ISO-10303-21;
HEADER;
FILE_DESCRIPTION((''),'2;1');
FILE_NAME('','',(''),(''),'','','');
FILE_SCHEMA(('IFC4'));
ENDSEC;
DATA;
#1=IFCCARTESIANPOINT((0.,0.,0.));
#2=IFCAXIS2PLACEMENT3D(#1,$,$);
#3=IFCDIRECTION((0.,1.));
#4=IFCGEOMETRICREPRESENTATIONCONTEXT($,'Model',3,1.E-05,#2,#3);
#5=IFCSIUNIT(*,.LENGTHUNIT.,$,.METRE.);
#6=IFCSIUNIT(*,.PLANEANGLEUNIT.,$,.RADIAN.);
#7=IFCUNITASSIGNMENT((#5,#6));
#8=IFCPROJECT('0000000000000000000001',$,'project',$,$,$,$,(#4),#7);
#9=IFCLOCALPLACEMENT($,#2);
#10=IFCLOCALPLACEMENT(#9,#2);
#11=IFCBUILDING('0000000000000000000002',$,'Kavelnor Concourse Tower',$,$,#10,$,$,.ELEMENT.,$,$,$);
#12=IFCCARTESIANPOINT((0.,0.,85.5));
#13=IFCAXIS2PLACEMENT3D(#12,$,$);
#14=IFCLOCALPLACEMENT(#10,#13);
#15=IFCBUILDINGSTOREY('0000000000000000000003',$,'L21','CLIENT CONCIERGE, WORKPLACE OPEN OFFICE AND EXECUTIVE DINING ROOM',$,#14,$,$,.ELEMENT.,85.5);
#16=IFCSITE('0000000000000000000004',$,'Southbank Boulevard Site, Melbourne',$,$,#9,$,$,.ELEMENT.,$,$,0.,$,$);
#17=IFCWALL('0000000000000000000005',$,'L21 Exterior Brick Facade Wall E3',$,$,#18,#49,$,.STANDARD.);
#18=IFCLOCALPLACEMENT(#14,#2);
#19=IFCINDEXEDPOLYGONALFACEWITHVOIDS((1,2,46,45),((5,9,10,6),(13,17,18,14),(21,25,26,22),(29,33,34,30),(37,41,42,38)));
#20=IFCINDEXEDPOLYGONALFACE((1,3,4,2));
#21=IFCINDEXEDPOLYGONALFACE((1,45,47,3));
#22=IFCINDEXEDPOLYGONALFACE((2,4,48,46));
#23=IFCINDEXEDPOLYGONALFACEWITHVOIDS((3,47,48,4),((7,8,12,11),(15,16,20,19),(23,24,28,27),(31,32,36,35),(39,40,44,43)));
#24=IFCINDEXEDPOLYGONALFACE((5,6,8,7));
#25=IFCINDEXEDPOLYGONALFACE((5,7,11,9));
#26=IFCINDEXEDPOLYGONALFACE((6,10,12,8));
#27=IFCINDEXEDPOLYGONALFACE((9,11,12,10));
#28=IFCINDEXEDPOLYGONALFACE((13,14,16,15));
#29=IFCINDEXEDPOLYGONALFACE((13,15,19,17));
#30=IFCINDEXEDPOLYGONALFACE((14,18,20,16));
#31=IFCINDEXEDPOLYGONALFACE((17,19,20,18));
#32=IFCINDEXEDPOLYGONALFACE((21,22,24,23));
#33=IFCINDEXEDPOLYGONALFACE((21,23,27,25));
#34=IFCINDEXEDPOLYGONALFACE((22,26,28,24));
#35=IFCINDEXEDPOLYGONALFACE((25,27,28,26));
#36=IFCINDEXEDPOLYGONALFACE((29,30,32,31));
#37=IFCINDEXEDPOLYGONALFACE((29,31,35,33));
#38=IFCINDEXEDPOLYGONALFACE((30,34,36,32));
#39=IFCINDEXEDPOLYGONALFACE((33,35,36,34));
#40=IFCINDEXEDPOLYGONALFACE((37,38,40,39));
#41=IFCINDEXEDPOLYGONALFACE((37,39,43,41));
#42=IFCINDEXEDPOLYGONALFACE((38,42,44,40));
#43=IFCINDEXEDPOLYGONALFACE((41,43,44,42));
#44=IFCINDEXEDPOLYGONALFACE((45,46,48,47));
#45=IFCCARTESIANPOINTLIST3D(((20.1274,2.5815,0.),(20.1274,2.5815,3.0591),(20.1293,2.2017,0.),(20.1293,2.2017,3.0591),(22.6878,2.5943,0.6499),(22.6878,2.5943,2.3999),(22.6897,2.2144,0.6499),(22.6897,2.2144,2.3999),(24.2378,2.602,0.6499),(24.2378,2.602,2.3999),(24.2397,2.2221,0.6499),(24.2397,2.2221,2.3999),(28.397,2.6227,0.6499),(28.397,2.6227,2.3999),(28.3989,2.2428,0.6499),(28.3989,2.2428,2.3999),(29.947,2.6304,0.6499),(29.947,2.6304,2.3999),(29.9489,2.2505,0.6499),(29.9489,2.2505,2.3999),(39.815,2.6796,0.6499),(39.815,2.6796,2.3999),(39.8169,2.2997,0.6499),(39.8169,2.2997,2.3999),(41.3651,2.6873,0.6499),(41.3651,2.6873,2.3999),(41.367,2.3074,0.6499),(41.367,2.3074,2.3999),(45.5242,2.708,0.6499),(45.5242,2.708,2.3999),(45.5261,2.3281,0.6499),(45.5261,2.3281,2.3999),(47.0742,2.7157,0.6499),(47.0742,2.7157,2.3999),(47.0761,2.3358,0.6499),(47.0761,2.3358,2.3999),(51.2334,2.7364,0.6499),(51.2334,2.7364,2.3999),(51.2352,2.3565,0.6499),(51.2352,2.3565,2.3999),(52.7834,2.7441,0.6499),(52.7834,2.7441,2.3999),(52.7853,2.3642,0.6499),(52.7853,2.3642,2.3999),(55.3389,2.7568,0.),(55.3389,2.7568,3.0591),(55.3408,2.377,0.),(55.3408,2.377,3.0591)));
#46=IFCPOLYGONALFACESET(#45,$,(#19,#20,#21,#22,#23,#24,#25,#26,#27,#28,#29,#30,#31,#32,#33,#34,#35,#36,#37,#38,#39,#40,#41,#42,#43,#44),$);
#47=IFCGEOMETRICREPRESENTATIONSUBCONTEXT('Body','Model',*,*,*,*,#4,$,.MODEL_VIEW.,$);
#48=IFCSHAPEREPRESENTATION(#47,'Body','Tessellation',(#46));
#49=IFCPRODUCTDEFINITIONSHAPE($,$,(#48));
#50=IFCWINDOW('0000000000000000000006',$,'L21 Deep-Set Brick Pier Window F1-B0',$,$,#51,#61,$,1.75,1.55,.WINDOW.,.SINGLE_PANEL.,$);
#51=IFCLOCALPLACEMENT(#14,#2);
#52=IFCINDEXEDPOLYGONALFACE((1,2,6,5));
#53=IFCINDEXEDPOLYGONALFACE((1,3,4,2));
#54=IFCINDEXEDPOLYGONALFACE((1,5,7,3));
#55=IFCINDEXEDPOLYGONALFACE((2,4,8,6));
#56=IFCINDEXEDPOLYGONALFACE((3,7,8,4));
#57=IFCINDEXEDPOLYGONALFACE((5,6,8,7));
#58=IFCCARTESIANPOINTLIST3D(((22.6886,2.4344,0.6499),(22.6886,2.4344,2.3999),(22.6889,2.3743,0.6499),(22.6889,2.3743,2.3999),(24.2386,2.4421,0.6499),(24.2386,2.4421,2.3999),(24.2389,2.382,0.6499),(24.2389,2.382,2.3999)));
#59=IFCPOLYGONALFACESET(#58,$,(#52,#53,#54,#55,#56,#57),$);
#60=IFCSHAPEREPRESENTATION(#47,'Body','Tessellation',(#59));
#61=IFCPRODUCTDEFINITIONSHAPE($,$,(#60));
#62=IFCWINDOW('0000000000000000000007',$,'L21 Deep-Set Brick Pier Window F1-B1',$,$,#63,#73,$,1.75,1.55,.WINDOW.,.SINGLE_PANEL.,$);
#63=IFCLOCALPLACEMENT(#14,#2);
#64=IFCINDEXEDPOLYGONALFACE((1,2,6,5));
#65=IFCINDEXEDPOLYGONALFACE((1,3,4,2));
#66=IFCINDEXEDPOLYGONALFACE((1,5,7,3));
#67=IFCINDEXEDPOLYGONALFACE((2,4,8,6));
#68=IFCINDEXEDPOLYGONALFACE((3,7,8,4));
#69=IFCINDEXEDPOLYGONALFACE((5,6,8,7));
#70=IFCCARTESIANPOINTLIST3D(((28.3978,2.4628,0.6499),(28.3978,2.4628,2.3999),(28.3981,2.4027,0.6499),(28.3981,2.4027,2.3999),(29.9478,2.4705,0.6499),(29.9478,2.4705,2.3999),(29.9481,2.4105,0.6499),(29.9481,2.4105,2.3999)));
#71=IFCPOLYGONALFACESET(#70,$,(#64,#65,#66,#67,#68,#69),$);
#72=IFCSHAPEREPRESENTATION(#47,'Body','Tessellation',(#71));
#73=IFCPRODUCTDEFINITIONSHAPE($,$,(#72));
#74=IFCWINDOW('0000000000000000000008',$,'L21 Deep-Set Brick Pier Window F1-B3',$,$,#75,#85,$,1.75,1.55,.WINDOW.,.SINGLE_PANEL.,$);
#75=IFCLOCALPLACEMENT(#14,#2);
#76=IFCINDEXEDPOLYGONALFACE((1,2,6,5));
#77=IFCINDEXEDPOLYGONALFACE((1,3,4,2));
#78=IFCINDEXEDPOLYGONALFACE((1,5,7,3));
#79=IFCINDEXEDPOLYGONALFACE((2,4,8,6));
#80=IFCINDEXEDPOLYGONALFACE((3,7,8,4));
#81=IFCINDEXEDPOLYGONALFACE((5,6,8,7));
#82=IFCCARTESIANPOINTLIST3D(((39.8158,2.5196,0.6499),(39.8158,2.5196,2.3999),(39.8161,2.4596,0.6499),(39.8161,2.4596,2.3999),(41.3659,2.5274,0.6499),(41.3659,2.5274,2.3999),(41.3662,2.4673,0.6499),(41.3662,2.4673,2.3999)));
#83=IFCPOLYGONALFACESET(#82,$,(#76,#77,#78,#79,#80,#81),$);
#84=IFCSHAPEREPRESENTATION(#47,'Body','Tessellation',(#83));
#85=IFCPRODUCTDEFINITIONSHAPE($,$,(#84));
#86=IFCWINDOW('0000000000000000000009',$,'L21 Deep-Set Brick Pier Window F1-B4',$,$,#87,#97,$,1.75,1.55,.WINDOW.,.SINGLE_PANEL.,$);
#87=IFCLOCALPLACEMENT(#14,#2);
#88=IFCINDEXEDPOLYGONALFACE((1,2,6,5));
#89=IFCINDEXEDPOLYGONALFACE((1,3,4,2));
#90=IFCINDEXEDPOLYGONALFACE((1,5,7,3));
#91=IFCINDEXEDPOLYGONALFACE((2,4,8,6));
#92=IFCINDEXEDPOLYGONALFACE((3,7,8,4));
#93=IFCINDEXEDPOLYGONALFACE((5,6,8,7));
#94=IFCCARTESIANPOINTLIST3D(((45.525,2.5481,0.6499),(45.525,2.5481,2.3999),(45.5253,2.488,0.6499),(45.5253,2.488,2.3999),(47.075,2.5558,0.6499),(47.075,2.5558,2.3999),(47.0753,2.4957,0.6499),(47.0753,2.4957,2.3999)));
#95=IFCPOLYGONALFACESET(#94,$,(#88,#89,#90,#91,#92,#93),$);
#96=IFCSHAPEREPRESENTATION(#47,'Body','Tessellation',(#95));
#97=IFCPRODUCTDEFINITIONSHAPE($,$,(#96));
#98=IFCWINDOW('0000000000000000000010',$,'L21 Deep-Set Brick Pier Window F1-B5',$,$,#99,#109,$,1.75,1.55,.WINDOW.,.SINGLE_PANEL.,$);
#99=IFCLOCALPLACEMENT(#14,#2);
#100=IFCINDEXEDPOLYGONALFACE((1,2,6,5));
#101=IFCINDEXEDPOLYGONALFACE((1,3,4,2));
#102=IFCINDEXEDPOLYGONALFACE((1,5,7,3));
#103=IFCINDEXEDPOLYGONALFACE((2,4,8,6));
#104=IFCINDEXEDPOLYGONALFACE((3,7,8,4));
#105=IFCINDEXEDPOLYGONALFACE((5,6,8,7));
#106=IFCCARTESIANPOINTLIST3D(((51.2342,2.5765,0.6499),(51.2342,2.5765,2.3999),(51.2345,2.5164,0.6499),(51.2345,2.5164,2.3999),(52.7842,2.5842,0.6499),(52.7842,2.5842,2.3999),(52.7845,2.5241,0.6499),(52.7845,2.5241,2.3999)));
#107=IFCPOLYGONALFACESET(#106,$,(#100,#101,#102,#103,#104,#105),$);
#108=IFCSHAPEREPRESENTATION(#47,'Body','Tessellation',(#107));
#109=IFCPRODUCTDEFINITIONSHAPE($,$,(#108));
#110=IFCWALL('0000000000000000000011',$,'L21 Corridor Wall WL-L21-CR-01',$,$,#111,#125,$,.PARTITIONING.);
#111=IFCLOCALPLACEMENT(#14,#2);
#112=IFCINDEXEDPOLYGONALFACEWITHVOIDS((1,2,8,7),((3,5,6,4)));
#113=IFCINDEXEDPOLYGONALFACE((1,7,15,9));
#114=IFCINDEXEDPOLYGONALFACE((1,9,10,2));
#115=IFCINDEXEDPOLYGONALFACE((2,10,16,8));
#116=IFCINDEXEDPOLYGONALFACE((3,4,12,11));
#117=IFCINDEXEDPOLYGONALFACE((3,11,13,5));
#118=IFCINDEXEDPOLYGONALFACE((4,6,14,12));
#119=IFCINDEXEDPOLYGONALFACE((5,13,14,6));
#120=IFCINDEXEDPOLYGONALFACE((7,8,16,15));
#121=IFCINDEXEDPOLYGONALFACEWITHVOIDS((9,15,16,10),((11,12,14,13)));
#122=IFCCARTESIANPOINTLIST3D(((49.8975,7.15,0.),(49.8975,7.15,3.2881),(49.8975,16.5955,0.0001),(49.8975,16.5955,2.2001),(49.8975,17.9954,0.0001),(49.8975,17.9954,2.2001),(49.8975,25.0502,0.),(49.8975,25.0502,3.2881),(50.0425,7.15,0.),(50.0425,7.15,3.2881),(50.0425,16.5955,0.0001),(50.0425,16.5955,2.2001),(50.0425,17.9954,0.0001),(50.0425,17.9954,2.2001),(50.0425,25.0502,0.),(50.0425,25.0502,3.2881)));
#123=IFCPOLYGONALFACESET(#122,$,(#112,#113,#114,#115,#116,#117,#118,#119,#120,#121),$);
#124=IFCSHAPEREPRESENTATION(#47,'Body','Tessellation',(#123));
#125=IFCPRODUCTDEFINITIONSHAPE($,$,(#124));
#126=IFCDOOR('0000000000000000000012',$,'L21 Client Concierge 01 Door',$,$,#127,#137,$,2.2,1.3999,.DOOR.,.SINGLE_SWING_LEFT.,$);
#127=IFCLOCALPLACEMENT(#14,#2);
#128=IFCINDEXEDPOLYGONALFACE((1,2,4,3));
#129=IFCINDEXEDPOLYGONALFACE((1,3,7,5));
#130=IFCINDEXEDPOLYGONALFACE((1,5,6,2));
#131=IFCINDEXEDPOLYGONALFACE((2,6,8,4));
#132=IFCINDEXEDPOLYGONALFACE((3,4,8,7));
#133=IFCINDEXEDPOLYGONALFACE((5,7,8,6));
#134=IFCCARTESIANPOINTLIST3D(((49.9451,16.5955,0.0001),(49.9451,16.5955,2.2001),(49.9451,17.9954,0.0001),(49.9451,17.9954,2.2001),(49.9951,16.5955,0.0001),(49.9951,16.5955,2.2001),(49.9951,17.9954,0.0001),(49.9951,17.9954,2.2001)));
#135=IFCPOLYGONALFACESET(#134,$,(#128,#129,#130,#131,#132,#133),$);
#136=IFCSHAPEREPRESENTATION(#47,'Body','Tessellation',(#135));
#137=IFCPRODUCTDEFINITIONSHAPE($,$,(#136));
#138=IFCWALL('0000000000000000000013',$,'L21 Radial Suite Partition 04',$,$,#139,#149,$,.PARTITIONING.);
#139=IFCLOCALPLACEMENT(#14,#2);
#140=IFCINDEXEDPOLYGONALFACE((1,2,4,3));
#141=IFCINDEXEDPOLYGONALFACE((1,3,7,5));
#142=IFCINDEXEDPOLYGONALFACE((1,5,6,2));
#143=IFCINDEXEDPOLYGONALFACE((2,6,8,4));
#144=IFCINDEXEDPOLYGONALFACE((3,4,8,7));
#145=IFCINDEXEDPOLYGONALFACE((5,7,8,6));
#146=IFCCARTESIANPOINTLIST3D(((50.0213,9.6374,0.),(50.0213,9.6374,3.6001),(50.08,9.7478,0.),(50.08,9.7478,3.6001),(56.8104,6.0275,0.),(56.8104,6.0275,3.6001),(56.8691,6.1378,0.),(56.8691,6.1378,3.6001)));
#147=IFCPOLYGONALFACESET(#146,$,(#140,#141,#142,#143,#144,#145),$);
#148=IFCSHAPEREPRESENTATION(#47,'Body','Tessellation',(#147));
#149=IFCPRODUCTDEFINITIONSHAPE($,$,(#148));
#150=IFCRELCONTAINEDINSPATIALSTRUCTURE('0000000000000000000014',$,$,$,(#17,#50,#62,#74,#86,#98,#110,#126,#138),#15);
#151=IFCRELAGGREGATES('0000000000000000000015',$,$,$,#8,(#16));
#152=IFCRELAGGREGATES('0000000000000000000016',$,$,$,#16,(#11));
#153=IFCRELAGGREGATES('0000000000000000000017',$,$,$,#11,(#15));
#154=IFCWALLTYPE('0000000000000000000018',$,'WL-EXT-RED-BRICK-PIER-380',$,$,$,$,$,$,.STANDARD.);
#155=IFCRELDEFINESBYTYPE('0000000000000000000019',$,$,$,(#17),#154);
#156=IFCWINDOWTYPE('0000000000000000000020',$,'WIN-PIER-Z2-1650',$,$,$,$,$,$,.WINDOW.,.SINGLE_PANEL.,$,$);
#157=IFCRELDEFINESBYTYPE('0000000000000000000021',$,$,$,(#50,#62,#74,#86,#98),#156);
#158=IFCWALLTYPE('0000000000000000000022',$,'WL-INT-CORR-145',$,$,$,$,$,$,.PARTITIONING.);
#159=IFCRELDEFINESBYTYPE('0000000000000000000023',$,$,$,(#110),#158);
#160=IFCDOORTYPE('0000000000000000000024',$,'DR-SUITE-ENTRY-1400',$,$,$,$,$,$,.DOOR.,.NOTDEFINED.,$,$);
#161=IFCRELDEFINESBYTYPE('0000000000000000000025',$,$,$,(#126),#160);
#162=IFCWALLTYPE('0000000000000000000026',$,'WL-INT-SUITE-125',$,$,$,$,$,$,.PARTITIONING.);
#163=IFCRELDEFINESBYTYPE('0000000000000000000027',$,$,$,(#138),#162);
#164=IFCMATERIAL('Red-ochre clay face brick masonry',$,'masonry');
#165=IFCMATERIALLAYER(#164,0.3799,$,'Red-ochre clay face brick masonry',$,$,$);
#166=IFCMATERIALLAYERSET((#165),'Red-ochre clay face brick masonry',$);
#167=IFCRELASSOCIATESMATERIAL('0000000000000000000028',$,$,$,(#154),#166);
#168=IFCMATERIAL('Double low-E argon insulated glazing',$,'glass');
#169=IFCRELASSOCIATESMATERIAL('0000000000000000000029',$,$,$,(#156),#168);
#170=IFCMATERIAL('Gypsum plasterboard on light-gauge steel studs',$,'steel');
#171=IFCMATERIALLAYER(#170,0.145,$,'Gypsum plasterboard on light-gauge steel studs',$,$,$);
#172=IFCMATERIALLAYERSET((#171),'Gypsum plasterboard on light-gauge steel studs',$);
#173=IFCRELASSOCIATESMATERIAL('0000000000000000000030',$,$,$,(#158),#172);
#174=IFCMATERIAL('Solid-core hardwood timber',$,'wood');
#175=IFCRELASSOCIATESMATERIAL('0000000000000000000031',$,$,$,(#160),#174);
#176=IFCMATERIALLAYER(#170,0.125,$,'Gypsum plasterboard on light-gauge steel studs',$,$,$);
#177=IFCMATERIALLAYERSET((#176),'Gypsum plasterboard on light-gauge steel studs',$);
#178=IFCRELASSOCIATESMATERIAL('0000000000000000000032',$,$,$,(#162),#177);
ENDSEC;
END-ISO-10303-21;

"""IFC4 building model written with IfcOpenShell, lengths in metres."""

from ifc_helpers import new_model, si_unit, direction, frame, frame_2d, origin, place, context, subcontext, project, spatial, rectangle, extrude, material, layer, layer_set, type_object, element, fill, save


model = new_model("IFC4")

# Units and contexts
model_context = context("Model", 3, precision=1e-05, world=origin(), true_north=direction((0.0, 1.0)))
body_context = subcontext(model_context, "Body", "Model", "MODEL_VIEW")
ifc_project = project(units=[si_unit("LENGTHUNIT", "METRE"), si_unit("PLANEANGLEUNIT", "RADIAN")], contexts=[model_context])

# Site, building, storey
site_placement = place(None, origin())
site = spatial("IfcSite", under=ifc_project, at=site_placement, Name="Southbank Boulevard Site, Melbourne", CompositionType="ELEMENT", RefElevation=0.0)
building_placement = place(site_placement, origin())
building = spatial("IfcBuilding", under=site, at=building_placement, Name="Kavelnor Concourse Tower", CompositionType="ELEMENT")
storey_placement = place(building_placement, frame((0.0, 0.0, 85.5)))
storey = spatial("IfcBuildingStorey", under=building, at=storey_placement, Name="L21", Description="CLIENT CONCIERGE, WORKPLACE OPEN OFFICE AND EXECUTIVE DINING ROOM", CompositionType="ELEMENT", Elevation=85.5)

# Shared definitions
ifc_material_1 = material(Name="Double low-E argon insulated glazing", Category="glass")

# Wall, openings, windows
ifc_material_2 = material(Name="Red-ochre clay face brick masonry", Category="masonry")
ifc_layer_1 = layer(ifc_material_2, 0.3799, Name="Red-ochre clay face brick masonry")
ifc_layer_set_1 = layer_set([ifc_layer_1], Name="Red-ochre clay face brick masonry")
wall_type_1 = type_object("IfcWallType", Name="WL-EXT-RED-BRICK-PIER-380", PredefinedType="STANDARD", material=ifc_layer_set_1)
wall_1_placement = place(storey_placement, frame((55.3398, 2.5669, 0.0), z_axis=(0.0, 0.0, 1.0), x_axis=(-0.999988, -0.004978, 0.0)))
wall_1 = element("IfcWall", 1, at=wall_1_placement, inside=storey, type_object=wall_type_1, Name="L21 Exterior Brick Facade Wall E3", PredefinedType="STANDARD", context=body_context, shape_type="SweptSolid", body=[
    extrude(rectangle(XDim=35.2119, YDim=0.3799, at=frame_2d((17.606, 0.0))), origin(), (0.0, 0.0, 1.0), 3.0591),
])
opening_1_placement = place(wall_1_placement, frame((31.1016, 0.0, 0.6499)))
opening_1 = element("IfcOpeningElement", 2, at=opening_1_placement, cuts=wall_1, PredefinedType="OPENING", context=body_context, shape_type="SweptSolid", body=[
    extrude(rectangle(XDim=1.55, YDim=1.75, at=frame_2d((0.7749, 0.875))), frame((0.0, 0.2, 0.0), z_axis=(0.0, -1.0, 0.0), x_axis=(1.0, 0.0, 0.0)), (0.0, 0.0, 1.0), 0.3999),
])
opening_2_placement = place(wall_1_placement, frame((25.3923, 0.0, 0.6499)))
opening_2 = element("IfcOpeningElement", 3, at=opening_2_placement, cuts=wall_1, PredefinedType="OPENING", context=body_context, shape_type="SweptSolid", body=[
    extrude(rectangle(XDim=1.55, YDim=1.75, at=frame_2d((0.7749, 0.875))), frame((0.0, 0.2, 0.0), z_axis=(0.0, -1.0, 0.0), x_axis=(1.0, 0.0, 0.0)), (0.0, 0.0, 1.0), 0.3999),
])
opening_3_placement = place(wall_1_placement, frame((13.9741, 0.0, 0.6499)))
opening_3 = element("IfcOpeningElement", 4, at=opening_3_placement, cuts=wall_1, PredefinedType="OPENING", context=body_context, shape_type="SweptSolid", body=[
    extrude(rectangle(XDim=1.55, YDim=1.75, at=frame_2d((0.7749, 0.875))), frame((0.0, 0.2, 0.0), z_axis=(0.0, -1.0, 0.0), x_axis=(1.0, 0.0, 0.0)), (0.0, 0.0, 1.0), 0.3999),
])
opening_4_placement = place(wall_1_placement, frame((8.2649, 0.0, 0.6499)))
opening_4 = element("IfcOpeningElement", 5, at=opening_4_placement, cuts=wall_1, PredefinedType="OPENING", context=body_context, shape_type="SweptSolid", body=[
    extrude(rectangle(XDim=1.55, YDim=1.75, at=frame_2d((0.7749, 0.875))), frame((0.0, 0.2, 0.0), z_axis=(0.0, -1.0, 0.0), x_axis=(1.0, 0.0, 0.0)), (0.0, 0.0, 1.0), 0.3999),
])
opening_5_placement = place(wall_1_placement, frame((2.5557, 0.0, 0.6499)))
opening_5 = element("IfcOpeningElement", 6, at=opening_5_placement, cuts=wall_1, PredefinedType="OPENING", context=body_context, shape_type="SweptSolid", body=[
    extrude(rectangle(XDim=1.55, YDim=1.75, at=frame_2d((0.7749, 0.875))), frame((0.0, 0.2, 0.0), z_axis=(0.0, -1.0, 0.0), x_axis=(1.0, 0.0, 0.0)), (0.0, 0.0, 1.0), 0.3999),
])
window_type_1 = type_object("IfcWindowType", Name="WIN-PIER-Z2-1650", PartitioningType="SINGLE_PANEL", PredefinedType="WINDOW", material=ifc_material_1)
window_1_placement = place(opening_1_placement, origin())
window_1 = element("IfcWindow", 7, at=window_1_placement, inside=storey, type_object=window_type_1, Name="L21 Deep-Set Brick Pier Window F1-B0", OverallHeight=1.75, OverallWidth=1.55, PartitioningType="SINGLE_PANEL", PredefinedType="WINDOW", context=body_context, shape_type="SweptSolid", body=[
    extrude(rectangle(XDim=1.55, YDim=1.75, at=frame_2d((0.7749, 0.875))), frame((0.0, 0.03, 0.0), z_axis=(0.0, -1.0, 0.0), x_axis=(1.0, 0.0, 0.0)), (0.0, 0.0, 1.0), 0.0601),
])
fill(opening_1, window_1)
window_2_placement = place(opening_2_placement, origin())
window_2 = element("IfcWindow", 8, at=window_2_placement, inside=storey, type_object=window_type_1, Name="L21 Deep-Set Brick Pier Window F1-B1", OverallHeight=1.75, OverallWidth=1.55, PartitioningType="SINGLE_PANEL", PredefinedType="WINDOW", context=body_context, shape_type="SweptSolid", body=[
    extrude(rectangle(XDim=1.55, YDim=1.75, at=frame_2d((0.7749, 0.875))), frame((0.0, 0.03, 0.0), z_axis=(0.0, -1.0, 0.0), x_axis=(1.0, 0.0, 0.0)), (0.0, 0.0, 1.0), 0.0601),
])
fill(opening_2, window_2)
window_3_placement = place(opening_3_placement, origin())
window_3 = element("IfcWindow", 9, at=window_3_placement, inside=storey, type_object=window_type_1, Name="L21 Deep-Set Brick Pier Window F1-B3", OverallHeight=1.75, OverallWidth=1.55, PartitioningType="SINGLE_PANEL", PredefinedType="WINDOW", context=body_context, shape_type="SweptSolid", body=[
    extrude(rectangle(XDim=1.55, YDim=1.75, at=frame_2d((0.7749, 0.875))), frame((0.0, 0.03, 0.0), z_axis=(0.0, -1.0, 0.0), x_axis=(1.0, 0.0, 0.0)), (0.0, 0.0, 1.0), 0.0601),
])
fill(opening_3, window_3)
window_4_placement = place(opening_4_placement, origin())
window_4 = element("IfcWindow", 10, at=window_4_placement, inside=storey, type_object=window_type_1, Name="L21 Deep-Set Brick Pier Window F1-B4", OverallHeight=1.75, OverallWidth=1.55, PartitioningType="SINGLE_PANEL", PredefinedType="WINDOW", context=body_context, shape_type="SweptSolid", body=[
    extrude(rectangle(XDim=1.55, YDim=1.75, at=frame_2d((0.7749, 0.875))), frame((0.0, 0.03, 0.0), z_axis=(0.0, -1.0, 0.0), x_axis=(1.0, 0.0, 0.0)), (0.0, 0.0, 1.0), 0.0601),
])
fill(opening_4, window_4)
window_5_placement = place(opening_5_placement, origin())
window_5 = element("IfcWindow", 11, at=window_5_placement, inside=storey, type_object=window_type_1, Name="L21 Deep-Set Brick Pier Window F1-B5", OverallHeight=1.75, OverallWidth=1.55, PartitioningType="SINGLE_PANEL", PredefinedType="WINDOW", context=body_context, shape_type="SweptSolid", body=[
    extrude(rectangle(XDim=1.55, YDim=1.75, at=frame_2d((0.7749, 0.875))), frame((0.0, 0.03, 0.0), z_axis=(0.0, -1.0, 0.0), x_axis=(1.0, 0.0, 0.0)), (0.0, 0.0, 1.0), 0.0601),
])
fill(opening_5, window_5)

# Wall, opening, door
ifc_material_3 = material(Name="Gypsum plasterboard on light-gauge steel studs", Category="steel")
ifc_layer_2 = layer(ifc_material_3, 0.145, Name="Gypsum plasterboard on light-gauge steel studs")
ifc_layer_set_2 = layer_set([ifc_layer_2], Name="Gypsum plasterboard on light-gauge steel studs")
wall_type_2 = type_object("IfcWallType", Name="WL-INT-CORR-145", PredefinedType="PARTITIONING", material=ifc_layer_set_2)
wall_2_placement = place(storey_placement, frame((49.97, 7.1499, 0.0), z_axis=(0.0, 0.0, 1.0), x_axis=(0.0, 1.0, 0.0)))
wall_2 = element("IfcWall", 12, at=wall_2_placement, inside=storey, type_object=wall_type_2, Name="L21 Corridor Wall WL-L21-CR-01", PredefinedType="PARTITIONING", context=body_context, shape_type="SweptSolid", body=[
    extrude(rectangle(XDim=17.9001, YDim=0.145, at=frame_2d((8.9502, 0.0))), origin(), (0.0, 0.0, 1.0), 3.2881),
])
opening_6_placement = place(wall_2_placement, frame((9.4456, 0.0, 0.0)))
opening_6 = element("IfcOpeningElement", 13, at=opening_6_placement, cuts=wall_2, PredefinedType="OPENING", context=body_context, shape_type="SweptSolid", body=[
    extrude(rectangle(XDim=1.3999, YDim=2.2, at=frame_2d((0.7, 1.1001))), frame((0.0, 0.0825, 0.0), z_axis=(0.0, -1.0, 0.0), x_axis=(1.0, 0.0, 0.0)), (0.0, 0.0, 1.0), 0.165),
])
ifc_material_4 = material(Name="Solid-core hardwood timber", Category="wood")
door_type = type_object("IfcDoorType", Name="DR-SUITE-ENTRY-1400", OperationType="NOTDEFINED", PredefinedType="DOOR", material=ifc_material_4)
door_placement = place(opening_6_placement, origin())
door = element("IfcDoor", 14, at=door_placement, inside=storey, type_object=door_type, Name="L21 Client Concierge 01 Door", OperationType="SINGLE_SWING_LEFT", OverallHeight=2.2, OverallWidth=1.3999, PredefinedType="DOOR", context=body_context, shape_type="SweptSolid", body=[
    extrude(rectangle(XDim=1.3999, YDim=2.2, at=frame_2d((0.7, 1.1001))), frame((0.0, 0.0249, 0.0), z_axis=(0.0, -1.0, 0.0), x_axis=(1.0, 0.0, 0.0)), (0.0, 0.0, 1.0), 0.05),
])
fill(opening_6, door)

# Wall
ifc_layer_3 = layer(ifc_material_3, 0.125, Name="Gypsum plasterboard on light-gauge steel studs")
ifc_layer_set_3 = layer_set([ifc_layer_3], Name="Gypsum plasterboard on light-gauge steel studs")
wall_type_3 = type_object("IfcWallType", Name="WL-INT-SUITE-125", PredefinedType="PARTITIONING", material=ifc_layer_set_3)
wall_3_placement = place(storey_placement, frame((50.0505, 9.6926, 0.0), z_axis=(0.0, 0.0, 1.0), x_axis=(0.882945, -0.469477, 0.0)))
element("IfcWall", 15, at=wall_3_placement, inside=storey, type_object=wall_type_3, Name="L21 Radial Suite Partition 04", PredefinedType="PARTITIONING", context=body_context, shape_type="SweptSolid", body=[
    extrude(rectangle(XDim=7.6892, YDim=0.125, at=frame_2d((3.8447, 0.0))), origin(), (0.0, 0.0, 1.0), 3.6001),
])

save(model, "model.ifc")
